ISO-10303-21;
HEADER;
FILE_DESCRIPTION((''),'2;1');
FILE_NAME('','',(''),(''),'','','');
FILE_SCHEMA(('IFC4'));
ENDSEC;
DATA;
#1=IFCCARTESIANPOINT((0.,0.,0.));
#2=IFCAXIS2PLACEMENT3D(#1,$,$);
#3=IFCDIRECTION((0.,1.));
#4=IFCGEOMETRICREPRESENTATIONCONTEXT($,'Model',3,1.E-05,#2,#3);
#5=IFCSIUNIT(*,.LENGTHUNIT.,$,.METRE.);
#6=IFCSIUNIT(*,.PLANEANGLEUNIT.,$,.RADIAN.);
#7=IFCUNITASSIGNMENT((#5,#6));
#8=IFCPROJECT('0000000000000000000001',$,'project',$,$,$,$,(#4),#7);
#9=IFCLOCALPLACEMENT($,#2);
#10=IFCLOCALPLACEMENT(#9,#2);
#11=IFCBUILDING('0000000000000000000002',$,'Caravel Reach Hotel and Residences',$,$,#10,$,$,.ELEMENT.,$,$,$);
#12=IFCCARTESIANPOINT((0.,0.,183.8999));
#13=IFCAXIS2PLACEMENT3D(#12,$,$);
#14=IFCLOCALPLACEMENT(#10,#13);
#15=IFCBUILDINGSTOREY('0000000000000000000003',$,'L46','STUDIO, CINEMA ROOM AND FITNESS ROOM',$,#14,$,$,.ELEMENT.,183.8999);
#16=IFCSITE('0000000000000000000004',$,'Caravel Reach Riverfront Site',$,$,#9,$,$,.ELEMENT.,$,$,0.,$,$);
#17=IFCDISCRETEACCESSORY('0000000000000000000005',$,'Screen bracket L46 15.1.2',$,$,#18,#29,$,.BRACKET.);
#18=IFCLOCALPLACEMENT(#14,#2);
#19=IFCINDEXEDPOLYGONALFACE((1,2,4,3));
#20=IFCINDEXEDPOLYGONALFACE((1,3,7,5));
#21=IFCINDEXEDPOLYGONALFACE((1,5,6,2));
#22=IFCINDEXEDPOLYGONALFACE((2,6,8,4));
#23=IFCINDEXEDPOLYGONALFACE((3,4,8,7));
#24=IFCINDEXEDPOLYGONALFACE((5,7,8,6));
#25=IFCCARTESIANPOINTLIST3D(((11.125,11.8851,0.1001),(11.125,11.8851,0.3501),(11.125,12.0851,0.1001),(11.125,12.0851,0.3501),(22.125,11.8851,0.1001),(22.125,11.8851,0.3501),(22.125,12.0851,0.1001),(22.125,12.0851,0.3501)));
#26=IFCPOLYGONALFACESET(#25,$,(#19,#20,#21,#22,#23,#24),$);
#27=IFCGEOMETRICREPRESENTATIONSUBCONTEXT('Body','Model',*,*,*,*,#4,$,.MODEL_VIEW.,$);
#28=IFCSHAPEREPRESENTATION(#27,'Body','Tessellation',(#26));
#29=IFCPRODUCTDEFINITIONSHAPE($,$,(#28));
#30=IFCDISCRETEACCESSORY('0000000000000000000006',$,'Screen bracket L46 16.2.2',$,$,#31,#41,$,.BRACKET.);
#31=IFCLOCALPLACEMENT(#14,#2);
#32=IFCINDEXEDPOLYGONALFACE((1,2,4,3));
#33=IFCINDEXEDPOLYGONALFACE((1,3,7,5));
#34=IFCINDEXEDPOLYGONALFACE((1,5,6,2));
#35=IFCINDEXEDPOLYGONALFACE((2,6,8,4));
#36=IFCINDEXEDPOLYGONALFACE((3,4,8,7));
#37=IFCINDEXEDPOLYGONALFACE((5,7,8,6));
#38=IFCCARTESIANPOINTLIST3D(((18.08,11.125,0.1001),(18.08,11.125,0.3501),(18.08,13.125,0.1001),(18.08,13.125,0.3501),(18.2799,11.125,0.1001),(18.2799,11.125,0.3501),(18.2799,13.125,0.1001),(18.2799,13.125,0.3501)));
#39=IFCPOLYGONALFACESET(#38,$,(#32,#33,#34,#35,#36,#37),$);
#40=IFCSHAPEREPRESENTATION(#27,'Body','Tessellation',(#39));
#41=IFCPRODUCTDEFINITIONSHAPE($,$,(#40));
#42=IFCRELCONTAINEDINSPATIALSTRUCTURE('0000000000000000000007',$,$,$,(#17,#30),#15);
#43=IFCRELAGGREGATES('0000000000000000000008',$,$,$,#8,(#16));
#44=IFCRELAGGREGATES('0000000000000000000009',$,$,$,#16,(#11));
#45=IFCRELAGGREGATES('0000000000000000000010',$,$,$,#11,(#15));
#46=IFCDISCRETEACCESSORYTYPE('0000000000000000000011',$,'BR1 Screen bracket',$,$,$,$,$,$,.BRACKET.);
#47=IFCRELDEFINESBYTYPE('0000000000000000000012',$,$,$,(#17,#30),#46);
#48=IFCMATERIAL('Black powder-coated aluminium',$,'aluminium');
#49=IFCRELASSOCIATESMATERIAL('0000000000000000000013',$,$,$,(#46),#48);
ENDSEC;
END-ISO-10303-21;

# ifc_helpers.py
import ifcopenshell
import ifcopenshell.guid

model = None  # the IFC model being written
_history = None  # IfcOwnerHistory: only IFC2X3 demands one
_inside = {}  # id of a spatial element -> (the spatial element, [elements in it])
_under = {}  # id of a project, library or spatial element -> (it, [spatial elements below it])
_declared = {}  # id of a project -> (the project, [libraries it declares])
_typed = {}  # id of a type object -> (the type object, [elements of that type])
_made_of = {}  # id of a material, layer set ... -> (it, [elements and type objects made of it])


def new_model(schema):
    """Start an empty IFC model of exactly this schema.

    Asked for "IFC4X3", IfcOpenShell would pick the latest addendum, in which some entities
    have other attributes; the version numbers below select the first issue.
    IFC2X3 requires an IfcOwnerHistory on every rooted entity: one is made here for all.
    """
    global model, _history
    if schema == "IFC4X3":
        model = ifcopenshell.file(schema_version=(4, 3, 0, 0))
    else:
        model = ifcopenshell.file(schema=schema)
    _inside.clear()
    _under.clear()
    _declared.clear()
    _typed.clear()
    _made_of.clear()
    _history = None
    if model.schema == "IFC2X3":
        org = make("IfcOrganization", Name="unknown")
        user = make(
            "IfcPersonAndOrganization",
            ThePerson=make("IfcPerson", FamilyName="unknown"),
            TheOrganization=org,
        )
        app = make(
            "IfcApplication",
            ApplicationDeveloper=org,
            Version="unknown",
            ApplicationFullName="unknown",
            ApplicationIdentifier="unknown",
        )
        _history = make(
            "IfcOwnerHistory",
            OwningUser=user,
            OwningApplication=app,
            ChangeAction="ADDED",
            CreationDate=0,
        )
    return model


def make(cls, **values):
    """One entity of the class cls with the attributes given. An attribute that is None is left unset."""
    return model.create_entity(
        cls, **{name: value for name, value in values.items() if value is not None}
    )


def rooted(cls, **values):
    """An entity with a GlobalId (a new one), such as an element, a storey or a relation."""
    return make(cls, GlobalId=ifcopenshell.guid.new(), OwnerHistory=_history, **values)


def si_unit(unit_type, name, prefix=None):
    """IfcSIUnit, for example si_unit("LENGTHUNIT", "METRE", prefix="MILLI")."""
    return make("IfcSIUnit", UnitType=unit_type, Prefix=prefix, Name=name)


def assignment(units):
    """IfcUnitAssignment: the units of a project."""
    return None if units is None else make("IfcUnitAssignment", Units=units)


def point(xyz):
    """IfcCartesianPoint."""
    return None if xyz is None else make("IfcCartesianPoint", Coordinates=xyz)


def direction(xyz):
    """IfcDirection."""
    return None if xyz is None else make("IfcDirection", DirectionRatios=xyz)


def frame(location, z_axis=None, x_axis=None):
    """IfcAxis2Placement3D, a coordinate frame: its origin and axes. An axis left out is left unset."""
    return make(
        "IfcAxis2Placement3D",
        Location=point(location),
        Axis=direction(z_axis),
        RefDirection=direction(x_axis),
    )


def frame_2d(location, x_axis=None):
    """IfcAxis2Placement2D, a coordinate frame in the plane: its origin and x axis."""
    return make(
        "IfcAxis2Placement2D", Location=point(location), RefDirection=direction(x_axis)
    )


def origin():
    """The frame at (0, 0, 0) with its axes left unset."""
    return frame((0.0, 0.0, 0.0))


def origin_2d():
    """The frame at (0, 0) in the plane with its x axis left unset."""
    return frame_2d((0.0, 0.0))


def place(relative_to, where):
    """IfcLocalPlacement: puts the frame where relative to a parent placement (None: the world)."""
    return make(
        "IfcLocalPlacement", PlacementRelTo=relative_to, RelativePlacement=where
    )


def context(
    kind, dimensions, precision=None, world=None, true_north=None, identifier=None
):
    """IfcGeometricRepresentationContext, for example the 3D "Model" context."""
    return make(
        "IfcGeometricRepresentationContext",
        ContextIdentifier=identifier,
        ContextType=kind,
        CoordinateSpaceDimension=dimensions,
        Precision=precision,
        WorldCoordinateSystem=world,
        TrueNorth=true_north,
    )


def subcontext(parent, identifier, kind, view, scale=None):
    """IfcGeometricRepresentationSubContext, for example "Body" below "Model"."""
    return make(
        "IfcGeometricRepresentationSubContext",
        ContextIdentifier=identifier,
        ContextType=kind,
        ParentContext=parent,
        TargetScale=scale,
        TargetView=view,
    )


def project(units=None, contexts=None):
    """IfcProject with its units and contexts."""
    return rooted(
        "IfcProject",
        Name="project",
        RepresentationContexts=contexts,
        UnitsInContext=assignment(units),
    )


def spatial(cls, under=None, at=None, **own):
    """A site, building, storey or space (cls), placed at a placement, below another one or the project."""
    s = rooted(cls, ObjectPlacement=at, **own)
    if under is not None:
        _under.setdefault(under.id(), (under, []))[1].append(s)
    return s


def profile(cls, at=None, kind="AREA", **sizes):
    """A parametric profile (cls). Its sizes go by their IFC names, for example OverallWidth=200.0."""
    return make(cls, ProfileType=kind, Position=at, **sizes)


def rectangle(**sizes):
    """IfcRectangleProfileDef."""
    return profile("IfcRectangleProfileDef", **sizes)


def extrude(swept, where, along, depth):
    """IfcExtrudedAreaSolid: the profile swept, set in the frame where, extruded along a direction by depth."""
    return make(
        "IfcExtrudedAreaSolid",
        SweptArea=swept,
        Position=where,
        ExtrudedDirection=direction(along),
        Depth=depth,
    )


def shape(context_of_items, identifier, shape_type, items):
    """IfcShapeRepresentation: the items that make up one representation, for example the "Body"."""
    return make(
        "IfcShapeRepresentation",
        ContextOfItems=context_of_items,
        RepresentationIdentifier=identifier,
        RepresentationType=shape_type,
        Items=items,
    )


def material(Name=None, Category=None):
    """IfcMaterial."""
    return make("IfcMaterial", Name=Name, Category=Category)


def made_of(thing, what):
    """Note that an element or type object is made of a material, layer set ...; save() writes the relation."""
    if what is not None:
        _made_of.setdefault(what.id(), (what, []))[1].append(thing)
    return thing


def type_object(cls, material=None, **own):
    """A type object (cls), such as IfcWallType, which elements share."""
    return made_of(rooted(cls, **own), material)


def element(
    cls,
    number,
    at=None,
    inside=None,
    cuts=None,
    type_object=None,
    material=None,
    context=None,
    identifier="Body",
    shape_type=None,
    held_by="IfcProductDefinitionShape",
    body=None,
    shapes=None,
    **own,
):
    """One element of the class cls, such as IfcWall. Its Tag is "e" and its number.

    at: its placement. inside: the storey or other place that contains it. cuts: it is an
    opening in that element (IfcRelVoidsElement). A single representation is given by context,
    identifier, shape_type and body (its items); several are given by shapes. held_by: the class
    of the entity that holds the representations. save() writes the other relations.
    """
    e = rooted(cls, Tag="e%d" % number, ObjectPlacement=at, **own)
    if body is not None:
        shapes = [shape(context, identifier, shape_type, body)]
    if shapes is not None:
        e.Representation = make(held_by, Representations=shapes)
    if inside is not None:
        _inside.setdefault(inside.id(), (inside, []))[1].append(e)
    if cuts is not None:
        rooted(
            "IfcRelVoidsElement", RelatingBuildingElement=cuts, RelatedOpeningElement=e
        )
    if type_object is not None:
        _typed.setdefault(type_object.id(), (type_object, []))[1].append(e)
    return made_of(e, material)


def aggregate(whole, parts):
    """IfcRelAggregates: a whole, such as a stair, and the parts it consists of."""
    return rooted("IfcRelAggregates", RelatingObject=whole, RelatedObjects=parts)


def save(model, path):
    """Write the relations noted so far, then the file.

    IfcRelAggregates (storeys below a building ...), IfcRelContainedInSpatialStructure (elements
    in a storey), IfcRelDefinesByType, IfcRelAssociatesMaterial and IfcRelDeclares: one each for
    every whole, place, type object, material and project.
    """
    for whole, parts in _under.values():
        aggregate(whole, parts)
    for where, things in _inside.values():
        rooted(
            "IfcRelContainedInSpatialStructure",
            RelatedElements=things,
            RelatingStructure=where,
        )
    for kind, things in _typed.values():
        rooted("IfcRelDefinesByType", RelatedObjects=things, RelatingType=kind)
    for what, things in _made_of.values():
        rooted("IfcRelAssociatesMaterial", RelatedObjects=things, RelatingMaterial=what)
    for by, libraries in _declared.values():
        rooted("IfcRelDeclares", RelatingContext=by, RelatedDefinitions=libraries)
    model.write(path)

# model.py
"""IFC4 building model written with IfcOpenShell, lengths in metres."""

from ifc_helpers import new_model, si_unit, direction, frame, origin, origin_2d, place, context, subcontext, project, spatial, rectangle, extrude, material, type_object, element, save


model = new_model("IFC4")

# Units and contexts
model_context = context("Model", 3, precision=1e-05, world=origin(), true_north=direction((0.0, 1.0)))
body_context = subcontext(model_context, "Body", "Model", "MODEL_VIEW")
ifc_project = project(units=[si_unit("LENGTHUNIT", "METRE"), si_unit("PLANEANGLEUNIT", "RADIAN")], contexts=[model_context])

# Site, building, storey
site_placement = place(None, origin())
site = spatial("IfcSite", under=ifc_project, at=site_placement, Name="Caravel Reach Riverfront Site", CompositionType="ELEMENT", RefElevation=0.0)
building_placement = place(site_placement, origin())
building = spatial("IfcBuilding", under=site, at=building_placement, Name="Caravel Reach Hotel and Residences", CompositionType="ELEMENT")
storey_placement = place(building_placement, frame((0.0, 0.0, 183.8999)))
storey = spatial("IfcBuildingStorey", under=building, at=storey_placement, Name="L46", Description="STUDIO, CINEMA ROOM AND FITNESS ROOM", CompositionType="ELEMENT", Elevation=183.8999)

# Discrete accessories
ifc_material_1 = material(Name="Black powder-coated aluminium", Category="aluminium")
discrete_accessory_type = type_object("IfcDiscreteAccessoryType", Name="BR1 Screen bracket", PredefinedType="BRACKET", material=ifc_material_1)
discrete_accessory_1_placement = place(storey_placement, frame((16.625, 11.9851, 0.1001), z_axis=(0.0, 0.0, 1.0), x_axis=(-1.0, 0.0, 0.0)))
element("IfcDiscreteAccessory", 1, at=discrete_accessory_1_placement, inside=storey, type_object=discrete_accessory_type, Name="Screen bracket L46 15.1.2", PredefinedType="BRACKET", context=body_context, shape_type="SweptSolid", body=[
    extrude(rectangle(XDim=11.0, YDim=0.2, at=origin_2d()), origin(), (0.0, 0.0, 1.0), 0.25),
])
discrete_accessory_2_placement = place(storey_placement, frame((18.1799, 12.125, 0.1001), z_axis=(0.0, 0.0, 1.0), x_axis=(0.0, -1.0, 0.0)))
element("IfcDiscreteAccessory", 2, at=discrete_accessory_2_placement, inside=storey, type_object=discrete_accessory_type, Name="Screen bracket L46 16.2.2", PredefinedType="BRACKET", context=body_context, shape_type="SweptSolid", body=[
    extrude(rectangle(XDim=2.0, YDim=0.2, at=origin_2d()), origin(), (0.0, 0.0, 1.0), 0.25),
])

save(model, "model.ifc")
